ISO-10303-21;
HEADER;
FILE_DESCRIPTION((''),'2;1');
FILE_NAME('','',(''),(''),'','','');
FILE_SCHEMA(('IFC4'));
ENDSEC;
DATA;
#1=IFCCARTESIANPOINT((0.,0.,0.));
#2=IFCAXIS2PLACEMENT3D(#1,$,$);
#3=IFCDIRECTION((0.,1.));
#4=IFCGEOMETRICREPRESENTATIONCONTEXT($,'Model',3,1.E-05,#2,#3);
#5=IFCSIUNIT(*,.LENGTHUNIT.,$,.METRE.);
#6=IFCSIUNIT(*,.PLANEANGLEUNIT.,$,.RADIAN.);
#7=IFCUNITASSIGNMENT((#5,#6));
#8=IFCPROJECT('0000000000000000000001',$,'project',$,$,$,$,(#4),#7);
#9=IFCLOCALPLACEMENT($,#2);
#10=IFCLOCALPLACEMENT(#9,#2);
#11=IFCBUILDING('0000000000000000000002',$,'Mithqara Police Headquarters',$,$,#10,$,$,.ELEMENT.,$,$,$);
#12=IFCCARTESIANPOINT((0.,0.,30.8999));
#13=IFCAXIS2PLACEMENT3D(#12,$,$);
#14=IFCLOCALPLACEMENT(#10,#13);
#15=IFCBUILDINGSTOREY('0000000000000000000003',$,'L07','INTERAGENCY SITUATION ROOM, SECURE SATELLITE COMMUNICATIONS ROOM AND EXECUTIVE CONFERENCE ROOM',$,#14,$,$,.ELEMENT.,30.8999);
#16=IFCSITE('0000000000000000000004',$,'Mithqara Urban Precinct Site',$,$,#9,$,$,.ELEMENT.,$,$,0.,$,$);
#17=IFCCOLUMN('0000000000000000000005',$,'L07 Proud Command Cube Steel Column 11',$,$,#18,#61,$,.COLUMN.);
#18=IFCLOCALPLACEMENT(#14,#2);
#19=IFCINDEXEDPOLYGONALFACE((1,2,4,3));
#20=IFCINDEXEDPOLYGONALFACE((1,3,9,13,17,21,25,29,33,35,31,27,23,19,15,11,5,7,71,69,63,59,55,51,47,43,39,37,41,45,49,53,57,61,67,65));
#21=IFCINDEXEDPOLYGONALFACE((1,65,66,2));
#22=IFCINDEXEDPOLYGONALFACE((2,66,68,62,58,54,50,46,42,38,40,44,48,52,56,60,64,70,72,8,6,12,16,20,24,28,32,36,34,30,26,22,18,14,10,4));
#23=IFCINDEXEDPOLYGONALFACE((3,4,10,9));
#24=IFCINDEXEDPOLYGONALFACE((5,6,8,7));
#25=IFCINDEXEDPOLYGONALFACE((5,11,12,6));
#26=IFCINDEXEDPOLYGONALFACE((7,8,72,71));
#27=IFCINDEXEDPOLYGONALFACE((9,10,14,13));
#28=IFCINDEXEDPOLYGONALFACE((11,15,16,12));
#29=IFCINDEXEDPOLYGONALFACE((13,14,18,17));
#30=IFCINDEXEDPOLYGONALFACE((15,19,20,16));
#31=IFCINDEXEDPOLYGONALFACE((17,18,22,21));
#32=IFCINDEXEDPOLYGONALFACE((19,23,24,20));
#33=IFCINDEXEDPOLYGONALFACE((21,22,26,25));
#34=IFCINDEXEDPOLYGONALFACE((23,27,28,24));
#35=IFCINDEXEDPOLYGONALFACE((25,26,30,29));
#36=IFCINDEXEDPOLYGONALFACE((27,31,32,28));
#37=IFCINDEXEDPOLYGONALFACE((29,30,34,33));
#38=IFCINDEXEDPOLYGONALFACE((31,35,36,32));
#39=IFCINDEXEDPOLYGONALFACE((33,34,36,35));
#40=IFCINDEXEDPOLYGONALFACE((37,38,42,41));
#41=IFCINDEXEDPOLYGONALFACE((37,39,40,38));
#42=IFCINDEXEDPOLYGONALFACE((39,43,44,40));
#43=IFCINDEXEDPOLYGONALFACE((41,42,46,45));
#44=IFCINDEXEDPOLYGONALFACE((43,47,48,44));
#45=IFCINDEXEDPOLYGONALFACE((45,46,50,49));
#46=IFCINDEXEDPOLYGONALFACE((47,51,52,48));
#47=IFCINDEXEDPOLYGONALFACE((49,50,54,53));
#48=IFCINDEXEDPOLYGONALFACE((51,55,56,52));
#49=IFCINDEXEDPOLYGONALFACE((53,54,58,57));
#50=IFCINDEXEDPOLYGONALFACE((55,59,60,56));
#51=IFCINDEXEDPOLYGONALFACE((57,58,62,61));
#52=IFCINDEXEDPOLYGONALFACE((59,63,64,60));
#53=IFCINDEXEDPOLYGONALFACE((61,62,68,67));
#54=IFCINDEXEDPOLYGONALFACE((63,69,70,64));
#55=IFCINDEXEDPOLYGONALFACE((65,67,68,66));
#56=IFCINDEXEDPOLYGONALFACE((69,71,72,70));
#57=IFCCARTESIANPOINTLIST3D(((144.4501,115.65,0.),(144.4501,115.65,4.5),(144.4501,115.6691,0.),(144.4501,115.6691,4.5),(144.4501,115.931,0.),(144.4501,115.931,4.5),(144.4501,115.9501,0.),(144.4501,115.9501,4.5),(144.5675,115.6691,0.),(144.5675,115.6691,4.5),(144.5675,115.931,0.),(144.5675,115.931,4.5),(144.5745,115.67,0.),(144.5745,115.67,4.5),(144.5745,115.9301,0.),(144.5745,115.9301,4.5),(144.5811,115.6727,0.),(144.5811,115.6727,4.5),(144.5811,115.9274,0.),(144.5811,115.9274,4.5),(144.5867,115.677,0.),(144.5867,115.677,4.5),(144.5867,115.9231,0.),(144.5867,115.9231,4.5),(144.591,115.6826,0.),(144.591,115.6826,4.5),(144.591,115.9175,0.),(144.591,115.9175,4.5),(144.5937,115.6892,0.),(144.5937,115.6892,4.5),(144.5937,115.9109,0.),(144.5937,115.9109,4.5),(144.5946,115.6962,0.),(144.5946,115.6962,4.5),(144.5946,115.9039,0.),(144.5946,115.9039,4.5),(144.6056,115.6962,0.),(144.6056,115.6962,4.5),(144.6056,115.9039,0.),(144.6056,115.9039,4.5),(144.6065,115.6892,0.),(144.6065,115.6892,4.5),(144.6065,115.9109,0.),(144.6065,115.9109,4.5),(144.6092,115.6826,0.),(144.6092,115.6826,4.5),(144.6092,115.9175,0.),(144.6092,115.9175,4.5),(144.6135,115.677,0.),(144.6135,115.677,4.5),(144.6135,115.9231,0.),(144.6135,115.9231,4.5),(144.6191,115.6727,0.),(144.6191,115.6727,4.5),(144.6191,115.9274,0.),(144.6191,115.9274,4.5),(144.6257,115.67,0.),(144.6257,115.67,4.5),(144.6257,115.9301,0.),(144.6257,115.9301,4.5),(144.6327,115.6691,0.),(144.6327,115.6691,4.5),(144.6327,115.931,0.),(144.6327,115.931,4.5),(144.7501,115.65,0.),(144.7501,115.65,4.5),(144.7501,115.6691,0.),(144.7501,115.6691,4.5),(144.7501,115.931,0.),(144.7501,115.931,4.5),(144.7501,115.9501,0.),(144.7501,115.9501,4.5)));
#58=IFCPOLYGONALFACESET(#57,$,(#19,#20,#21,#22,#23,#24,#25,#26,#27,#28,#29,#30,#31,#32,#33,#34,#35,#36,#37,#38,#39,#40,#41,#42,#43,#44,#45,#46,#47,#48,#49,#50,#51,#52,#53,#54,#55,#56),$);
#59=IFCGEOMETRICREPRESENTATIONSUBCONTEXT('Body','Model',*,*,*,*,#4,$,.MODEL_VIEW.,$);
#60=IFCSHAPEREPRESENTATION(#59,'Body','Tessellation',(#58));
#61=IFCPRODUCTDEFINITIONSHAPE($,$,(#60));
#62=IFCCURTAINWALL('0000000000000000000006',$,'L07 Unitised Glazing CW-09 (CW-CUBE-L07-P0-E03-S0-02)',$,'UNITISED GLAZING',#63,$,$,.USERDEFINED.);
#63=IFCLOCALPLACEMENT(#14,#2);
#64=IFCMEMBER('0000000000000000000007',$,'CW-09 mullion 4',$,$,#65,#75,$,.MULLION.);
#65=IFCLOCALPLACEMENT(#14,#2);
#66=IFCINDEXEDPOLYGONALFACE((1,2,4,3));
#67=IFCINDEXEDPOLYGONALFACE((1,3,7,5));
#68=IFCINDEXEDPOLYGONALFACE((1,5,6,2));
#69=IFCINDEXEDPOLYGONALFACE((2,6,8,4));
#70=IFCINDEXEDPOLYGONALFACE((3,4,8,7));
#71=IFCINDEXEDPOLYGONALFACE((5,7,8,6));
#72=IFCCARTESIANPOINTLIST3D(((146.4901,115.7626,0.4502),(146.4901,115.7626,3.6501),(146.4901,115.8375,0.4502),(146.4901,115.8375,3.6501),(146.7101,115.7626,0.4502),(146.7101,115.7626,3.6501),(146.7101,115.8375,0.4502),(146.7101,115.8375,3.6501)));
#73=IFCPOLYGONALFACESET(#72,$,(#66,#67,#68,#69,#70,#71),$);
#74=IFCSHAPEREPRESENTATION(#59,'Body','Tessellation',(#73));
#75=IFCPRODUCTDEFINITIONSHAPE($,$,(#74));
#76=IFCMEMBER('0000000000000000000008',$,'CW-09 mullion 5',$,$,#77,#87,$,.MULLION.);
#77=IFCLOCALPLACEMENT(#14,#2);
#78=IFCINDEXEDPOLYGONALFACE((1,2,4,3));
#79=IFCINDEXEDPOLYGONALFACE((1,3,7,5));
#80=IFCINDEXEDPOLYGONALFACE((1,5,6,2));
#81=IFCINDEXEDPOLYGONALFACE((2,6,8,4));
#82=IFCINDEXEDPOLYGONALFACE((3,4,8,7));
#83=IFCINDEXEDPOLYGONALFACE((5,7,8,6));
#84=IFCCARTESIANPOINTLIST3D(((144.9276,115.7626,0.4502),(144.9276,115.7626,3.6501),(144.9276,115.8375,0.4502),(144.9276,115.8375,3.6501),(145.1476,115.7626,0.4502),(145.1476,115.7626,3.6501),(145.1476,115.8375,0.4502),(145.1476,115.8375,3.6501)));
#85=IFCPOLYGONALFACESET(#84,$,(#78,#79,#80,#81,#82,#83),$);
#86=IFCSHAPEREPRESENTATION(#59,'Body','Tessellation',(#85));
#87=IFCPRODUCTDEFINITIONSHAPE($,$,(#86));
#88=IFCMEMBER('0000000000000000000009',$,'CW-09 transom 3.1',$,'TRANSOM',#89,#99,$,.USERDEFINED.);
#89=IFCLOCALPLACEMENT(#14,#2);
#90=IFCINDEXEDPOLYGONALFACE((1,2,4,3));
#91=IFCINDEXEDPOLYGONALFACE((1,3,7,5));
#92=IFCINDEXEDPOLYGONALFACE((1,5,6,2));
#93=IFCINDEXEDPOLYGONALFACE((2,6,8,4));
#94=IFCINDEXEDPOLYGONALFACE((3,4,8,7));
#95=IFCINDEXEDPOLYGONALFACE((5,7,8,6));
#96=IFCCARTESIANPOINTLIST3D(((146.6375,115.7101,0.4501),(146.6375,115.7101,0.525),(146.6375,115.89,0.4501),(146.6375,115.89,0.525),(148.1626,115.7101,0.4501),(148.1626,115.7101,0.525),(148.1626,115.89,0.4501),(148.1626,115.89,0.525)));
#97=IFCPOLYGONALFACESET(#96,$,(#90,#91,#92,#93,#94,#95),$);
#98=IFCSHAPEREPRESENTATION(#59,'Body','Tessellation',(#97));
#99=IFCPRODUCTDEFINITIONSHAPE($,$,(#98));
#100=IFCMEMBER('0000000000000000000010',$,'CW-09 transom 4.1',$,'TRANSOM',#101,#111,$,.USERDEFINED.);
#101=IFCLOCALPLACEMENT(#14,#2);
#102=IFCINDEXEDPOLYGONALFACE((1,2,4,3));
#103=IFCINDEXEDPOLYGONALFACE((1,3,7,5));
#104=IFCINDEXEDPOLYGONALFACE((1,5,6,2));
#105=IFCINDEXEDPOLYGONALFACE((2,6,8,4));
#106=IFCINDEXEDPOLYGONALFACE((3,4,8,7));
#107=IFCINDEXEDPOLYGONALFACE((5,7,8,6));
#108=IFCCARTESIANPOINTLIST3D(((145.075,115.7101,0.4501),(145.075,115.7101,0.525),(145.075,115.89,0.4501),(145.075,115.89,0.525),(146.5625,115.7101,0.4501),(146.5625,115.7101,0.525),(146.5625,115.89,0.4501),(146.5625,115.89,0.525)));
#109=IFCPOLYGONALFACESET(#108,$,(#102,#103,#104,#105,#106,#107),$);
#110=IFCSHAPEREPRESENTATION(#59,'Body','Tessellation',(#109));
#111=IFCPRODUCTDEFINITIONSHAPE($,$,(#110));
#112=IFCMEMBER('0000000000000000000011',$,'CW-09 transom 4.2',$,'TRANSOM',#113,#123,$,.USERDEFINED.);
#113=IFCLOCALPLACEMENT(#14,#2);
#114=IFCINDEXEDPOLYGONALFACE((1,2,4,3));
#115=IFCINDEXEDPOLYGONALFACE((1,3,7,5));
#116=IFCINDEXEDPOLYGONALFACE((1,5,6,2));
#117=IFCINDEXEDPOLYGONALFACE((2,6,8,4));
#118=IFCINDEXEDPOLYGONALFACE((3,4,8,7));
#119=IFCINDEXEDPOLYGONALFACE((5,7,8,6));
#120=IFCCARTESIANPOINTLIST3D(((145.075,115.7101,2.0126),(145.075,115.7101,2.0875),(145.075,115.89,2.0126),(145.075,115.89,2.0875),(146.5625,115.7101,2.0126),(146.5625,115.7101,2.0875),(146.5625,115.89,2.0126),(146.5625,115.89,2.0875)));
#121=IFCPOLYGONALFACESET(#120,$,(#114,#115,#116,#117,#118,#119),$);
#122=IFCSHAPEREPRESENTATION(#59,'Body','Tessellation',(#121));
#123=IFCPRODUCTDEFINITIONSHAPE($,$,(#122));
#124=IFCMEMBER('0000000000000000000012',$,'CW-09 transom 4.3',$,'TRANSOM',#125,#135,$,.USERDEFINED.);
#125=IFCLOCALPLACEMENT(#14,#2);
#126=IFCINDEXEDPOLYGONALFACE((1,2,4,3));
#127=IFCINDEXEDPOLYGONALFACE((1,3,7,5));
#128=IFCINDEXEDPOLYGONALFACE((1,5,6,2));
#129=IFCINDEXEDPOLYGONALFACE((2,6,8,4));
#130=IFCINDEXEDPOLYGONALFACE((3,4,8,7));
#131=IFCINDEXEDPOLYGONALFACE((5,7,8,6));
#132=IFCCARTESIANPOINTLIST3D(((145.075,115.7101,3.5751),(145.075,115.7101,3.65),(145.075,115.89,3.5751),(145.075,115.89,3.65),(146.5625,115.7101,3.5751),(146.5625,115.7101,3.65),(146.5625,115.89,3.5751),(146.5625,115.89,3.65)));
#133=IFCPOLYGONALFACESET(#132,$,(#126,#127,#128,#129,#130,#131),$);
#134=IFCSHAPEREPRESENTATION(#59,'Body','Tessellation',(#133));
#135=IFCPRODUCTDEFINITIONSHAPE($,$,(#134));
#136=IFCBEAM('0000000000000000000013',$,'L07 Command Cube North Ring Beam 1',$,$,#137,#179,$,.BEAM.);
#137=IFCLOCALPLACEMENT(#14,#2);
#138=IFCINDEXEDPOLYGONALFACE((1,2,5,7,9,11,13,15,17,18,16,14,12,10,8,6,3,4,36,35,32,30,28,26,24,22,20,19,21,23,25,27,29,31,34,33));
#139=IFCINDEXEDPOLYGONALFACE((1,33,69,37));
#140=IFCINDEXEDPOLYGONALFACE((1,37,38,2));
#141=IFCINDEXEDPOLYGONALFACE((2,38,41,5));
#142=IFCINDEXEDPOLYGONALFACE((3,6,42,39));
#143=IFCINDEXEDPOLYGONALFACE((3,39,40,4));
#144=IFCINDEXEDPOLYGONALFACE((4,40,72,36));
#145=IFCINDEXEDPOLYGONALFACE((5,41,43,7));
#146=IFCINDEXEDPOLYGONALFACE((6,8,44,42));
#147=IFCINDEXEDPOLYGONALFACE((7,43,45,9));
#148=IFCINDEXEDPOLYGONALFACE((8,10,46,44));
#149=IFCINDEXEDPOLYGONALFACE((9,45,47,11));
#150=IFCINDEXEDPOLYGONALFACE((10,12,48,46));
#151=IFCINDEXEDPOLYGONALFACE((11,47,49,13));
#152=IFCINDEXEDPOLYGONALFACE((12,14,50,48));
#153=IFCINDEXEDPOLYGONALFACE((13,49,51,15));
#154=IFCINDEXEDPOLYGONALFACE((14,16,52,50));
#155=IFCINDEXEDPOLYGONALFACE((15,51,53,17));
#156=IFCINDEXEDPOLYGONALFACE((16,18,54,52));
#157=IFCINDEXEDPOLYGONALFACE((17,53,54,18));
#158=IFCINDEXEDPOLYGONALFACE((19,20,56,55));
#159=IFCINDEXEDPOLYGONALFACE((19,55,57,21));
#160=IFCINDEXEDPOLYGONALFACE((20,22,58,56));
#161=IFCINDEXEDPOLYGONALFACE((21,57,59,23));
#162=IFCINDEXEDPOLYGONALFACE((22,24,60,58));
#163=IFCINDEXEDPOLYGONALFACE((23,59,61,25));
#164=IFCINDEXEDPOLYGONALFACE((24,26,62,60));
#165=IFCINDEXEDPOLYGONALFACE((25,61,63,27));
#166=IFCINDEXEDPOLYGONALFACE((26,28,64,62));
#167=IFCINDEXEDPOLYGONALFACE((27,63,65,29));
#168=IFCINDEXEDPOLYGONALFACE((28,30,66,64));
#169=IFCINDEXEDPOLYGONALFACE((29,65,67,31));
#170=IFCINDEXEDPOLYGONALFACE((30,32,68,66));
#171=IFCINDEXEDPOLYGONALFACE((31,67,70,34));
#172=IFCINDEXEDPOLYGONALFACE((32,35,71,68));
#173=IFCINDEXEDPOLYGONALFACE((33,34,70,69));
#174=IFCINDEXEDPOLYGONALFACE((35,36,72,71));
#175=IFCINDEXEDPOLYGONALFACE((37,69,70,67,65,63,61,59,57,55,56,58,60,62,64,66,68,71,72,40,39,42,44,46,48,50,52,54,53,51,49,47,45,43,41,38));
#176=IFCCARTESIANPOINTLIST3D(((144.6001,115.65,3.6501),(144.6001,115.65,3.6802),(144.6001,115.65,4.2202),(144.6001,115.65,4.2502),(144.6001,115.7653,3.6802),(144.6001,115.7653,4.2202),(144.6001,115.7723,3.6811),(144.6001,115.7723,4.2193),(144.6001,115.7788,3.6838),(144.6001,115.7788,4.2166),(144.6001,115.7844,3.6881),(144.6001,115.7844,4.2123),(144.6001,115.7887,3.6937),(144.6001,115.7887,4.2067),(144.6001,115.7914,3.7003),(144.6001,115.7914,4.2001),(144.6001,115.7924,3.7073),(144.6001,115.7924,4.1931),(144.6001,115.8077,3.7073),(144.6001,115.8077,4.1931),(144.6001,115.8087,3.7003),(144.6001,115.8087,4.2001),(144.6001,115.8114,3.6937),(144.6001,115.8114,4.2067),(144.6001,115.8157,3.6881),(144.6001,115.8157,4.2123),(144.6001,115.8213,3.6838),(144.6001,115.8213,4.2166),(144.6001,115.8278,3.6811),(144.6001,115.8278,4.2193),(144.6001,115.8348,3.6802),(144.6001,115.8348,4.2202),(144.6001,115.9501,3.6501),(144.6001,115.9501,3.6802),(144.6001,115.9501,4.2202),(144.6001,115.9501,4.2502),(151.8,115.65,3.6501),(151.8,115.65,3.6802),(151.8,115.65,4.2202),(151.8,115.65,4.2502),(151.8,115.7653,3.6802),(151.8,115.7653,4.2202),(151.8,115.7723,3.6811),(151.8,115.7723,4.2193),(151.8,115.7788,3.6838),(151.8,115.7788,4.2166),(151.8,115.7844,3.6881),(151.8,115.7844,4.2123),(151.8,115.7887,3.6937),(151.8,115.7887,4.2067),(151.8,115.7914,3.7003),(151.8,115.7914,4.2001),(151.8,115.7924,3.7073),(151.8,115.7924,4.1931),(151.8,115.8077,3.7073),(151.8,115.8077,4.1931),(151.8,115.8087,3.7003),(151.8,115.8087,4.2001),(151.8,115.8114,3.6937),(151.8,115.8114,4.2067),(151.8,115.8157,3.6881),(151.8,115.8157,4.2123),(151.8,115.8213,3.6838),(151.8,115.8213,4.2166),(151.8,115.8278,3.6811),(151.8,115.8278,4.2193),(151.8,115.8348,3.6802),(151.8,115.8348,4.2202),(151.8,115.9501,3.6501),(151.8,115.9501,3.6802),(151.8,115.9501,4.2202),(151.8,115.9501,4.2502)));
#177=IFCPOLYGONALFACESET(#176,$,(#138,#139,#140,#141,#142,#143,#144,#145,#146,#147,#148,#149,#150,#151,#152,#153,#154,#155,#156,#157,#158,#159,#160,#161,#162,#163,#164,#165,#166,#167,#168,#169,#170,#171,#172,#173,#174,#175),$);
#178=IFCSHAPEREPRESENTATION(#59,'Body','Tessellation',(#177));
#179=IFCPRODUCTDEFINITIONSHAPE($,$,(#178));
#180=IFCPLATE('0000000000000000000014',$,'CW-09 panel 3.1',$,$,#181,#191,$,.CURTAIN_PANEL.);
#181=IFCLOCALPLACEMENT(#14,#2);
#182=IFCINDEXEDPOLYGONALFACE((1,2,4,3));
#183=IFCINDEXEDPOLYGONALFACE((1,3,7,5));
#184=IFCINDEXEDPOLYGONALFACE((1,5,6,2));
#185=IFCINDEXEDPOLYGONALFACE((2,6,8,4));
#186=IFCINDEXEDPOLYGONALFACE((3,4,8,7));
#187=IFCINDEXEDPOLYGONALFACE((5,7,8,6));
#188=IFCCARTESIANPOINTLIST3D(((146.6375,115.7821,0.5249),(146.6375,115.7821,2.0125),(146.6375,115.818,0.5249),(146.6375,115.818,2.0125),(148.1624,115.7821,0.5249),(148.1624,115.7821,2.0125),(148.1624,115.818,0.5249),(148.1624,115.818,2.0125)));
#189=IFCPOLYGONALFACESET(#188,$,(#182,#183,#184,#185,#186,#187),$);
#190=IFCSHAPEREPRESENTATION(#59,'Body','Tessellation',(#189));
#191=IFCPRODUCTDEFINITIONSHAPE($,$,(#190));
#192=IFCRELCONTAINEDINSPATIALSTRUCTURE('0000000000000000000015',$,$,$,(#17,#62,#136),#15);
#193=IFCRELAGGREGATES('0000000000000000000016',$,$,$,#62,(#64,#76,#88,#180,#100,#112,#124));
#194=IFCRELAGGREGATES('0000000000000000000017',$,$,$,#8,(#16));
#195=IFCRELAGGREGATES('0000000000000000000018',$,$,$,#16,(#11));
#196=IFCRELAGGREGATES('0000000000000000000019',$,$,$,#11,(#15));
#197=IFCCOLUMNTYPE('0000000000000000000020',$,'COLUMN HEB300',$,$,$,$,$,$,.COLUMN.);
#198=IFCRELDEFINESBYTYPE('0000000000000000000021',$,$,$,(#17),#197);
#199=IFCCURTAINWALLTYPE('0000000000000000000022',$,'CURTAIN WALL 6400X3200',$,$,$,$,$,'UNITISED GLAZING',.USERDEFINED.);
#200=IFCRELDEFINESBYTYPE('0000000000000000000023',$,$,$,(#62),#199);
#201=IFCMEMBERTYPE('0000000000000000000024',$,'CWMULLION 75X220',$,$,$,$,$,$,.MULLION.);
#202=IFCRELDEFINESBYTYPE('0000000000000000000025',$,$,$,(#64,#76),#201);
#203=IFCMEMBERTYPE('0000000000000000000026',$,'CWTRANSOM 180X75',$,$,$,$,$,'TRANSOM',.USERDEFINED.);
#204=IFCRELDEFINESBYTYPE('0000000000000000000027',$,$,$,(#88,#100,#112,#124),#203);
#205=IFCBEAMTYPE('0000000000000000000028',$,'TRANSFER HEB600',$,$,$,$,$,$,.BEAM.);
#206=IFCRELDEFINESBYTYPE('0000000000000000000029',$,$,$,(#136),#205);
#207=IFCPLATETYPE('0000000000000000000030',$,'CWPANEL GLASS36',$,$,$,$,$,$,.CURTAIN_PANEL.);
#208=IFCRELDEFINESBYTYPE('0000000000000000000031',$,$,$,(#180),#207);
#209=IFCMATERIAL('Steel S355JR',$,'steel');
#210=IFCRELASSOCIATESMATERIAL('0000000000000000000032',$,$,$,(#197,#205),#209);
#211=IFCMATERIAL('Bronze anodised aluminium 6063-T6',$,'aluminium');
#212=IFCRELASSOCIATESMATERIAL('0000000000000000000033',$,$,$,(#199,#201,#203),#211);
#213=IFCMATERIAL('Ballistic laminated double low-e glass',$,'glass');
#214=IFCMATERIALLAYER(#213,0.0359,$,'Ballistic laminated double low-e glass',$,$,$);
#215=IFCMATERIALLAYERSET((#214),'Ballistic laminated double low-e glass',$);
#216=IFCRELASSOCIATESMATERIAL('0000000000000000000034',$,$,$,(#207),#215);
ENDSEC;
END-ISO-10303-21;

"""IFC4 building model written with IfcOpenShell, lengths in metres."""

from ifc_helpers import new_model, si_unit, direction, frame, origin, origin_2d, place, context, subcontext, project, spatial, rectangle, i_section, extrude, material, layer, layer_set, material_profile, profile_set, type_object, element, aggregate, save


model = new_model("IFC4")

# Units and contexts
model_context = context("Model", 3, precision=1e-05, world=origin(), true_north=direction((0.0, 1.0)))
body_context = subcontext(model_context, "Body", "Model", "MODEL_VIEW")
ifc_project = project(units=[si_unit("LENGTHUNIT", "METRE"), si_unit("PLANEANGLEUNIT", "RADIAN")], contexts=[model_context])

# Site, building, storey
site_placement = place(None, origin())
site = spatial("IfcSite", under=ifc_project, at=site_placement, Name="Mithqara Urban Precinct Site", CompositionType="ELEMENT", RefElevation=0.0)
building_placement = place(site_placement, origin())
building = spatial("IfcBuilding", under=site, at=building_placement, Name="Mithqara Police Headquarters", CompositionType="ELEMENT")
storey_placement = place(building_placement, frame((0.0, 0.0, 30.8999)))
storey = spatial("IfcBuildingStorey", under=building, at=storey_placement, Name="L07", Description="INTERAGENCY SITUATION ROOM, SECURE SATELLITE COMMUNICATIONS ROOM AND EXECUTIVE CONFERENCE ROOM", CompositionType="ELEMENT", Elevation=30.8999)

# Column
ifc_material_1 = material(Name="Steel S355JR", Category="steel")
ifc_material_profile_1 = material_profile(ifc_material_1, i_section(OverallWidth=0.3, OverallDepth=0.3, WebThickness=0.011, FlangeThickness=0.019, FilletRadius=0.0271, at=origin_2d()), Name="HEB 300")
ifc_profile_set_1 = profile_set([ifc_material_profile_1], Name="Steel S355JR")
column_type = type_object("IfcColumnType", Name="COLUMN HEB300", PredefinedType="COLUMN", material=ifc_profile_set_1)
column_placement = place(storey_placement, frame((144.6001, 115.8, 0.0), z_axis=(0.0, 0.0, 1.0), x_axis=(1.0, 0.0, 0.0)))
element("IfcColumn", 1, at=column_placement, inside=storey, type_object=column_type, Name="L07 Proud Command Cube Steel Column 11", PredefinedType="COLUMN", context=body_context, shape_type="SweptSolid", body=[
    extrude(i_section(OverallWidth=0.3, OverallDepth=0.3, WebThickness=0.011, FlangeThickness=0.019, FilletRadius=0.0271, at=origin_2d()), origin(), (0.0, 0.0, 1.0), 4.5),
])

# Curtain wall, members
ifc_material_2 = material(Name="Bronze anodised aluminium 6063-T6", Category="aluminium")
curtain_wall_type = type_object("IfcCurtainWallType", Name="CURTAIN WALL 6400X3200", ElementType="UNITISED GLAZING", PredefinedType="USERDEFINED", material=ifc_material_2)
curtain_wall_placement = place(storey_placement, origin())
curtain_wall = element("IfcCurtainWall", 2, at=curtain_wall_placement, inside=storey, type_object=curtain_wall_type, Name="L07 Unitised Glazing CW-09 (CW-CUBE-L07-P0-E03-S0-02)", ObjectType="UNITISED GLAZING", PredefinedType="USERDEFINED")
ifc_material_profile_2 = material_profile(ifc_material_2, rectangle(XDim=0.075, YDim=0.22, at=origin_2d()), Name="CWM 75x220")
ifc_profile_set_2 = profile_set([ifc_material_profile_2], Name="Bronze anodised aluminium 6063-T6")
member_type_1 = type_object("IfcMemberType", Name="CWMULLION 75X220", PredefinedType="MULLION", material=ifc_profile_set_2)
member_1_placement = place(storey_placement, frame((146.6001, 115.8, 0.4502), z_axis=(0.0, 0.0, 1.0), x_axis=(0.0, -1.0, 0.0)))
member_1 = element("IfcMember", 3, at=member_1_placement, type_object=member_type_1, Name="CW-09 mullion 4", PredefinedType="MULLION", context=body_context, shape_type="SweptSolid", body=[
    extrude(rectangle(XDim=0.075, YDim=0.22, at=origin_2d()), origin(), (0.0, 0.0, 1.0), 3.2),
])
member_2_placement = place(storey_placement, frame((145.0376, 115.8, 0.4502), z_axis=(0.0, 0.0, 1.0), x_axis=(0.0, -1.0, 0.0)))
member_2 = element("IfcMember", 4, at=member_2_placement, type_object=member_type_1, Name="CW-09 mullion 5", PredefinedType="MULLION", context=body_context, shape_type="SweptSolid", body=[
    extrude(rectangle(XDim=0.075, YDim=0.22, at=origin_2d()), origin(), (0.0, 0.0, 1.0), 3.2),
])
ifc_material_profile_3 = material_profile(ifc_material_2, rectangle(XDim=0.1799, YDim=0.075, at=origin_2d()), Name="CWT 180x75")
ifc_profile_set_3 = profile_set([ifc_material_profile_3], Name="Bronze anodised aluminium 6063-T6")
member_type_2 = type_object("IfcMemberType", Name="CWTRANSOM 180X75", ElementType="TRANSOM", PredefinedType="USERDEFINED", material=ifc_profile_set_3)
member_3_placement = place(storey_placement, frame((148.1626, 115.8, 0.4875), z_axis=(-1.0, 0.0, 0.0), x_axis=(0.0, -1.0, 0.0)))
member_3 = element("IfcMember", 5, at=member_3_placement, type_object=member_type_2, Name="CW-09 transom 3.1", ObjectType="TRANSOM", PredefinedType="USERDEFINED", context=body_context, shape_type="SweptSolid", body=[
    extrude(rectangle(XDim=0.1799, YDim=0.075, at=origin_2d()), origin(), (0.0, 0.0, 1.0), 1.5251),
])
member_4_placement = place(storey_placement, frame((146.5625, 115.8, 0.4875), z_axis=(-1.0, 0.0, 0.0), x_axis=(0.0, -1.0, 0.0)))
member_4 = element("IfcMember", 6, at=member_4_placement, type_object=member_type_2, Name="CW-09 transom 4.1", ObjectType="TRANSOM", PredefinedType="USERDEFINED", context=body_context, shape_type="SweptSolid", body=[
    extrude(rectangle(XDim=0.1799, YDim=0.075, at=origin_2d()), origin(), (0.0, 0.0, 1.0), 1.4875),
])
member_5_placement = place(storey_placement, frame((146.5625, 115.8, 2.05), z_axis=(-1.0, 0.0, 0.0), x_axis=(0.0, -1.0, 0.0)))
member_5 = element("IfcMember", 7, at=member_5_placement, type_object=member_type_2, Name="CW-09 transom 4.2", ObjectType="TRANSOM", PredefinedType="USERDEFINED", context=body_context, shape_type="SweptSolid", body=[
    extrude(rectangle(XDim=0.1799, YDim=0.075, at=origin_2d()), origin(), (0.0, 0.0, 1.0), 1.4875),
])
member_6_placement = place(storey_placement, frame((146.5625, 115.8, 3.6125), z_axis=(-1.0, 0.0, 0.0), x_axis=(0.0, -1.0, 0.0)))
member_6 = element("IfcMember", 8, at=member_6_placement, type_object=member_type_2, Name="CW-09 transom 4.3", ObjectType="TRANSOM", PredefinedType="USERDEFINED", context=body_context, shape_type="SweptSolid", body=[
    extrude(rectangle(XDim=0.1799, YDim=0.075, at=origin_2d()), origin(), (0.0, 0.0, 1.0), 1.4875),
])

# Beam
ifc_material_profile_4 = material_profile(ifc_material_1, i_section(OverallWidth=0.3, OverallDepth=0.6001, WebThickness=0.0154, FlangeThickness=0.03, FilletRadius=0.0271, at=origin_2d()), Name="HEB 600")
ifc_profile_set_4 = profile_set([ifc_material_profile_4], Name="Steel S355JR")
beam_type = type_object("IfcBeamType", Name="TRANSFER HEB600", PredefinedType="BEAM", material=ifc_profile_set_4)
beam_placement = place(storey_placement, frame((144.6001, 115.8, 3.9502), z_axis=(1.0, 0.0, 0.0), x_axis=(0.0, 1.0, 0.0)))
element("IfcBeam", 9, at=beam_placement, inside=storey, type_object=beam_type, Name="L07 Command Cube North Ring Beam 1", PredefinedType="BEAM", context=body_context, shape_type="SweptSolid", body=[
    extrude(i_section(OverallWidth=0.3, OverallDepth=0.6001, WebThickness=0.0154, FlangeThickness=0.03, FilletRadius=0.0271, at=origin_2d()), origin(), (0.0, 0.0, 1.0), 7.2),
])

# Plate
ifc_material_3 = material(Name="Ballistic laminated double low-e glass", Category="glass")
ifc_layer_1 = layer(ifc_material_3, 0.0359, Name="Ballistic laminated double low-e glass")
ifc_layer_set_1 = layer_set([ifc_layer_1], Name="Ballistic laminated double low-e glass")
plate_type_1 = type_object("IfcPlateType", Name="CWPANEL GLASS36", PredefinedType="CURTAIN_PANEL", material=ifc_layer_set_1)
plate_1_placement = place(storey_placement, frame((147.3999, 115.8, 0.5249), z_axis=(0.0, 0.0, 1.0), x_axis=(-1.0, 0.0, 0.0)))
plate_1 = element("IfcPlate", 10, at=plate_1_placement, type_object=plate_type_1, Name="CW-09 panel 3.1", PredefinedType="CURTAIN_PANEL", context=body_context, shape_type="SweptSolid", body=[
    extrude(rectangle(XDim=1.5249, YDim=0.0359, at=origin_2d()), origin(), (0.0, 0.0, 1.0), 1.4875),
])
aggregate(curtain_wall, [member_1, member_2, member_3, plate_1, member_4, member_5, member_6])

save(model, "model.ifc")
